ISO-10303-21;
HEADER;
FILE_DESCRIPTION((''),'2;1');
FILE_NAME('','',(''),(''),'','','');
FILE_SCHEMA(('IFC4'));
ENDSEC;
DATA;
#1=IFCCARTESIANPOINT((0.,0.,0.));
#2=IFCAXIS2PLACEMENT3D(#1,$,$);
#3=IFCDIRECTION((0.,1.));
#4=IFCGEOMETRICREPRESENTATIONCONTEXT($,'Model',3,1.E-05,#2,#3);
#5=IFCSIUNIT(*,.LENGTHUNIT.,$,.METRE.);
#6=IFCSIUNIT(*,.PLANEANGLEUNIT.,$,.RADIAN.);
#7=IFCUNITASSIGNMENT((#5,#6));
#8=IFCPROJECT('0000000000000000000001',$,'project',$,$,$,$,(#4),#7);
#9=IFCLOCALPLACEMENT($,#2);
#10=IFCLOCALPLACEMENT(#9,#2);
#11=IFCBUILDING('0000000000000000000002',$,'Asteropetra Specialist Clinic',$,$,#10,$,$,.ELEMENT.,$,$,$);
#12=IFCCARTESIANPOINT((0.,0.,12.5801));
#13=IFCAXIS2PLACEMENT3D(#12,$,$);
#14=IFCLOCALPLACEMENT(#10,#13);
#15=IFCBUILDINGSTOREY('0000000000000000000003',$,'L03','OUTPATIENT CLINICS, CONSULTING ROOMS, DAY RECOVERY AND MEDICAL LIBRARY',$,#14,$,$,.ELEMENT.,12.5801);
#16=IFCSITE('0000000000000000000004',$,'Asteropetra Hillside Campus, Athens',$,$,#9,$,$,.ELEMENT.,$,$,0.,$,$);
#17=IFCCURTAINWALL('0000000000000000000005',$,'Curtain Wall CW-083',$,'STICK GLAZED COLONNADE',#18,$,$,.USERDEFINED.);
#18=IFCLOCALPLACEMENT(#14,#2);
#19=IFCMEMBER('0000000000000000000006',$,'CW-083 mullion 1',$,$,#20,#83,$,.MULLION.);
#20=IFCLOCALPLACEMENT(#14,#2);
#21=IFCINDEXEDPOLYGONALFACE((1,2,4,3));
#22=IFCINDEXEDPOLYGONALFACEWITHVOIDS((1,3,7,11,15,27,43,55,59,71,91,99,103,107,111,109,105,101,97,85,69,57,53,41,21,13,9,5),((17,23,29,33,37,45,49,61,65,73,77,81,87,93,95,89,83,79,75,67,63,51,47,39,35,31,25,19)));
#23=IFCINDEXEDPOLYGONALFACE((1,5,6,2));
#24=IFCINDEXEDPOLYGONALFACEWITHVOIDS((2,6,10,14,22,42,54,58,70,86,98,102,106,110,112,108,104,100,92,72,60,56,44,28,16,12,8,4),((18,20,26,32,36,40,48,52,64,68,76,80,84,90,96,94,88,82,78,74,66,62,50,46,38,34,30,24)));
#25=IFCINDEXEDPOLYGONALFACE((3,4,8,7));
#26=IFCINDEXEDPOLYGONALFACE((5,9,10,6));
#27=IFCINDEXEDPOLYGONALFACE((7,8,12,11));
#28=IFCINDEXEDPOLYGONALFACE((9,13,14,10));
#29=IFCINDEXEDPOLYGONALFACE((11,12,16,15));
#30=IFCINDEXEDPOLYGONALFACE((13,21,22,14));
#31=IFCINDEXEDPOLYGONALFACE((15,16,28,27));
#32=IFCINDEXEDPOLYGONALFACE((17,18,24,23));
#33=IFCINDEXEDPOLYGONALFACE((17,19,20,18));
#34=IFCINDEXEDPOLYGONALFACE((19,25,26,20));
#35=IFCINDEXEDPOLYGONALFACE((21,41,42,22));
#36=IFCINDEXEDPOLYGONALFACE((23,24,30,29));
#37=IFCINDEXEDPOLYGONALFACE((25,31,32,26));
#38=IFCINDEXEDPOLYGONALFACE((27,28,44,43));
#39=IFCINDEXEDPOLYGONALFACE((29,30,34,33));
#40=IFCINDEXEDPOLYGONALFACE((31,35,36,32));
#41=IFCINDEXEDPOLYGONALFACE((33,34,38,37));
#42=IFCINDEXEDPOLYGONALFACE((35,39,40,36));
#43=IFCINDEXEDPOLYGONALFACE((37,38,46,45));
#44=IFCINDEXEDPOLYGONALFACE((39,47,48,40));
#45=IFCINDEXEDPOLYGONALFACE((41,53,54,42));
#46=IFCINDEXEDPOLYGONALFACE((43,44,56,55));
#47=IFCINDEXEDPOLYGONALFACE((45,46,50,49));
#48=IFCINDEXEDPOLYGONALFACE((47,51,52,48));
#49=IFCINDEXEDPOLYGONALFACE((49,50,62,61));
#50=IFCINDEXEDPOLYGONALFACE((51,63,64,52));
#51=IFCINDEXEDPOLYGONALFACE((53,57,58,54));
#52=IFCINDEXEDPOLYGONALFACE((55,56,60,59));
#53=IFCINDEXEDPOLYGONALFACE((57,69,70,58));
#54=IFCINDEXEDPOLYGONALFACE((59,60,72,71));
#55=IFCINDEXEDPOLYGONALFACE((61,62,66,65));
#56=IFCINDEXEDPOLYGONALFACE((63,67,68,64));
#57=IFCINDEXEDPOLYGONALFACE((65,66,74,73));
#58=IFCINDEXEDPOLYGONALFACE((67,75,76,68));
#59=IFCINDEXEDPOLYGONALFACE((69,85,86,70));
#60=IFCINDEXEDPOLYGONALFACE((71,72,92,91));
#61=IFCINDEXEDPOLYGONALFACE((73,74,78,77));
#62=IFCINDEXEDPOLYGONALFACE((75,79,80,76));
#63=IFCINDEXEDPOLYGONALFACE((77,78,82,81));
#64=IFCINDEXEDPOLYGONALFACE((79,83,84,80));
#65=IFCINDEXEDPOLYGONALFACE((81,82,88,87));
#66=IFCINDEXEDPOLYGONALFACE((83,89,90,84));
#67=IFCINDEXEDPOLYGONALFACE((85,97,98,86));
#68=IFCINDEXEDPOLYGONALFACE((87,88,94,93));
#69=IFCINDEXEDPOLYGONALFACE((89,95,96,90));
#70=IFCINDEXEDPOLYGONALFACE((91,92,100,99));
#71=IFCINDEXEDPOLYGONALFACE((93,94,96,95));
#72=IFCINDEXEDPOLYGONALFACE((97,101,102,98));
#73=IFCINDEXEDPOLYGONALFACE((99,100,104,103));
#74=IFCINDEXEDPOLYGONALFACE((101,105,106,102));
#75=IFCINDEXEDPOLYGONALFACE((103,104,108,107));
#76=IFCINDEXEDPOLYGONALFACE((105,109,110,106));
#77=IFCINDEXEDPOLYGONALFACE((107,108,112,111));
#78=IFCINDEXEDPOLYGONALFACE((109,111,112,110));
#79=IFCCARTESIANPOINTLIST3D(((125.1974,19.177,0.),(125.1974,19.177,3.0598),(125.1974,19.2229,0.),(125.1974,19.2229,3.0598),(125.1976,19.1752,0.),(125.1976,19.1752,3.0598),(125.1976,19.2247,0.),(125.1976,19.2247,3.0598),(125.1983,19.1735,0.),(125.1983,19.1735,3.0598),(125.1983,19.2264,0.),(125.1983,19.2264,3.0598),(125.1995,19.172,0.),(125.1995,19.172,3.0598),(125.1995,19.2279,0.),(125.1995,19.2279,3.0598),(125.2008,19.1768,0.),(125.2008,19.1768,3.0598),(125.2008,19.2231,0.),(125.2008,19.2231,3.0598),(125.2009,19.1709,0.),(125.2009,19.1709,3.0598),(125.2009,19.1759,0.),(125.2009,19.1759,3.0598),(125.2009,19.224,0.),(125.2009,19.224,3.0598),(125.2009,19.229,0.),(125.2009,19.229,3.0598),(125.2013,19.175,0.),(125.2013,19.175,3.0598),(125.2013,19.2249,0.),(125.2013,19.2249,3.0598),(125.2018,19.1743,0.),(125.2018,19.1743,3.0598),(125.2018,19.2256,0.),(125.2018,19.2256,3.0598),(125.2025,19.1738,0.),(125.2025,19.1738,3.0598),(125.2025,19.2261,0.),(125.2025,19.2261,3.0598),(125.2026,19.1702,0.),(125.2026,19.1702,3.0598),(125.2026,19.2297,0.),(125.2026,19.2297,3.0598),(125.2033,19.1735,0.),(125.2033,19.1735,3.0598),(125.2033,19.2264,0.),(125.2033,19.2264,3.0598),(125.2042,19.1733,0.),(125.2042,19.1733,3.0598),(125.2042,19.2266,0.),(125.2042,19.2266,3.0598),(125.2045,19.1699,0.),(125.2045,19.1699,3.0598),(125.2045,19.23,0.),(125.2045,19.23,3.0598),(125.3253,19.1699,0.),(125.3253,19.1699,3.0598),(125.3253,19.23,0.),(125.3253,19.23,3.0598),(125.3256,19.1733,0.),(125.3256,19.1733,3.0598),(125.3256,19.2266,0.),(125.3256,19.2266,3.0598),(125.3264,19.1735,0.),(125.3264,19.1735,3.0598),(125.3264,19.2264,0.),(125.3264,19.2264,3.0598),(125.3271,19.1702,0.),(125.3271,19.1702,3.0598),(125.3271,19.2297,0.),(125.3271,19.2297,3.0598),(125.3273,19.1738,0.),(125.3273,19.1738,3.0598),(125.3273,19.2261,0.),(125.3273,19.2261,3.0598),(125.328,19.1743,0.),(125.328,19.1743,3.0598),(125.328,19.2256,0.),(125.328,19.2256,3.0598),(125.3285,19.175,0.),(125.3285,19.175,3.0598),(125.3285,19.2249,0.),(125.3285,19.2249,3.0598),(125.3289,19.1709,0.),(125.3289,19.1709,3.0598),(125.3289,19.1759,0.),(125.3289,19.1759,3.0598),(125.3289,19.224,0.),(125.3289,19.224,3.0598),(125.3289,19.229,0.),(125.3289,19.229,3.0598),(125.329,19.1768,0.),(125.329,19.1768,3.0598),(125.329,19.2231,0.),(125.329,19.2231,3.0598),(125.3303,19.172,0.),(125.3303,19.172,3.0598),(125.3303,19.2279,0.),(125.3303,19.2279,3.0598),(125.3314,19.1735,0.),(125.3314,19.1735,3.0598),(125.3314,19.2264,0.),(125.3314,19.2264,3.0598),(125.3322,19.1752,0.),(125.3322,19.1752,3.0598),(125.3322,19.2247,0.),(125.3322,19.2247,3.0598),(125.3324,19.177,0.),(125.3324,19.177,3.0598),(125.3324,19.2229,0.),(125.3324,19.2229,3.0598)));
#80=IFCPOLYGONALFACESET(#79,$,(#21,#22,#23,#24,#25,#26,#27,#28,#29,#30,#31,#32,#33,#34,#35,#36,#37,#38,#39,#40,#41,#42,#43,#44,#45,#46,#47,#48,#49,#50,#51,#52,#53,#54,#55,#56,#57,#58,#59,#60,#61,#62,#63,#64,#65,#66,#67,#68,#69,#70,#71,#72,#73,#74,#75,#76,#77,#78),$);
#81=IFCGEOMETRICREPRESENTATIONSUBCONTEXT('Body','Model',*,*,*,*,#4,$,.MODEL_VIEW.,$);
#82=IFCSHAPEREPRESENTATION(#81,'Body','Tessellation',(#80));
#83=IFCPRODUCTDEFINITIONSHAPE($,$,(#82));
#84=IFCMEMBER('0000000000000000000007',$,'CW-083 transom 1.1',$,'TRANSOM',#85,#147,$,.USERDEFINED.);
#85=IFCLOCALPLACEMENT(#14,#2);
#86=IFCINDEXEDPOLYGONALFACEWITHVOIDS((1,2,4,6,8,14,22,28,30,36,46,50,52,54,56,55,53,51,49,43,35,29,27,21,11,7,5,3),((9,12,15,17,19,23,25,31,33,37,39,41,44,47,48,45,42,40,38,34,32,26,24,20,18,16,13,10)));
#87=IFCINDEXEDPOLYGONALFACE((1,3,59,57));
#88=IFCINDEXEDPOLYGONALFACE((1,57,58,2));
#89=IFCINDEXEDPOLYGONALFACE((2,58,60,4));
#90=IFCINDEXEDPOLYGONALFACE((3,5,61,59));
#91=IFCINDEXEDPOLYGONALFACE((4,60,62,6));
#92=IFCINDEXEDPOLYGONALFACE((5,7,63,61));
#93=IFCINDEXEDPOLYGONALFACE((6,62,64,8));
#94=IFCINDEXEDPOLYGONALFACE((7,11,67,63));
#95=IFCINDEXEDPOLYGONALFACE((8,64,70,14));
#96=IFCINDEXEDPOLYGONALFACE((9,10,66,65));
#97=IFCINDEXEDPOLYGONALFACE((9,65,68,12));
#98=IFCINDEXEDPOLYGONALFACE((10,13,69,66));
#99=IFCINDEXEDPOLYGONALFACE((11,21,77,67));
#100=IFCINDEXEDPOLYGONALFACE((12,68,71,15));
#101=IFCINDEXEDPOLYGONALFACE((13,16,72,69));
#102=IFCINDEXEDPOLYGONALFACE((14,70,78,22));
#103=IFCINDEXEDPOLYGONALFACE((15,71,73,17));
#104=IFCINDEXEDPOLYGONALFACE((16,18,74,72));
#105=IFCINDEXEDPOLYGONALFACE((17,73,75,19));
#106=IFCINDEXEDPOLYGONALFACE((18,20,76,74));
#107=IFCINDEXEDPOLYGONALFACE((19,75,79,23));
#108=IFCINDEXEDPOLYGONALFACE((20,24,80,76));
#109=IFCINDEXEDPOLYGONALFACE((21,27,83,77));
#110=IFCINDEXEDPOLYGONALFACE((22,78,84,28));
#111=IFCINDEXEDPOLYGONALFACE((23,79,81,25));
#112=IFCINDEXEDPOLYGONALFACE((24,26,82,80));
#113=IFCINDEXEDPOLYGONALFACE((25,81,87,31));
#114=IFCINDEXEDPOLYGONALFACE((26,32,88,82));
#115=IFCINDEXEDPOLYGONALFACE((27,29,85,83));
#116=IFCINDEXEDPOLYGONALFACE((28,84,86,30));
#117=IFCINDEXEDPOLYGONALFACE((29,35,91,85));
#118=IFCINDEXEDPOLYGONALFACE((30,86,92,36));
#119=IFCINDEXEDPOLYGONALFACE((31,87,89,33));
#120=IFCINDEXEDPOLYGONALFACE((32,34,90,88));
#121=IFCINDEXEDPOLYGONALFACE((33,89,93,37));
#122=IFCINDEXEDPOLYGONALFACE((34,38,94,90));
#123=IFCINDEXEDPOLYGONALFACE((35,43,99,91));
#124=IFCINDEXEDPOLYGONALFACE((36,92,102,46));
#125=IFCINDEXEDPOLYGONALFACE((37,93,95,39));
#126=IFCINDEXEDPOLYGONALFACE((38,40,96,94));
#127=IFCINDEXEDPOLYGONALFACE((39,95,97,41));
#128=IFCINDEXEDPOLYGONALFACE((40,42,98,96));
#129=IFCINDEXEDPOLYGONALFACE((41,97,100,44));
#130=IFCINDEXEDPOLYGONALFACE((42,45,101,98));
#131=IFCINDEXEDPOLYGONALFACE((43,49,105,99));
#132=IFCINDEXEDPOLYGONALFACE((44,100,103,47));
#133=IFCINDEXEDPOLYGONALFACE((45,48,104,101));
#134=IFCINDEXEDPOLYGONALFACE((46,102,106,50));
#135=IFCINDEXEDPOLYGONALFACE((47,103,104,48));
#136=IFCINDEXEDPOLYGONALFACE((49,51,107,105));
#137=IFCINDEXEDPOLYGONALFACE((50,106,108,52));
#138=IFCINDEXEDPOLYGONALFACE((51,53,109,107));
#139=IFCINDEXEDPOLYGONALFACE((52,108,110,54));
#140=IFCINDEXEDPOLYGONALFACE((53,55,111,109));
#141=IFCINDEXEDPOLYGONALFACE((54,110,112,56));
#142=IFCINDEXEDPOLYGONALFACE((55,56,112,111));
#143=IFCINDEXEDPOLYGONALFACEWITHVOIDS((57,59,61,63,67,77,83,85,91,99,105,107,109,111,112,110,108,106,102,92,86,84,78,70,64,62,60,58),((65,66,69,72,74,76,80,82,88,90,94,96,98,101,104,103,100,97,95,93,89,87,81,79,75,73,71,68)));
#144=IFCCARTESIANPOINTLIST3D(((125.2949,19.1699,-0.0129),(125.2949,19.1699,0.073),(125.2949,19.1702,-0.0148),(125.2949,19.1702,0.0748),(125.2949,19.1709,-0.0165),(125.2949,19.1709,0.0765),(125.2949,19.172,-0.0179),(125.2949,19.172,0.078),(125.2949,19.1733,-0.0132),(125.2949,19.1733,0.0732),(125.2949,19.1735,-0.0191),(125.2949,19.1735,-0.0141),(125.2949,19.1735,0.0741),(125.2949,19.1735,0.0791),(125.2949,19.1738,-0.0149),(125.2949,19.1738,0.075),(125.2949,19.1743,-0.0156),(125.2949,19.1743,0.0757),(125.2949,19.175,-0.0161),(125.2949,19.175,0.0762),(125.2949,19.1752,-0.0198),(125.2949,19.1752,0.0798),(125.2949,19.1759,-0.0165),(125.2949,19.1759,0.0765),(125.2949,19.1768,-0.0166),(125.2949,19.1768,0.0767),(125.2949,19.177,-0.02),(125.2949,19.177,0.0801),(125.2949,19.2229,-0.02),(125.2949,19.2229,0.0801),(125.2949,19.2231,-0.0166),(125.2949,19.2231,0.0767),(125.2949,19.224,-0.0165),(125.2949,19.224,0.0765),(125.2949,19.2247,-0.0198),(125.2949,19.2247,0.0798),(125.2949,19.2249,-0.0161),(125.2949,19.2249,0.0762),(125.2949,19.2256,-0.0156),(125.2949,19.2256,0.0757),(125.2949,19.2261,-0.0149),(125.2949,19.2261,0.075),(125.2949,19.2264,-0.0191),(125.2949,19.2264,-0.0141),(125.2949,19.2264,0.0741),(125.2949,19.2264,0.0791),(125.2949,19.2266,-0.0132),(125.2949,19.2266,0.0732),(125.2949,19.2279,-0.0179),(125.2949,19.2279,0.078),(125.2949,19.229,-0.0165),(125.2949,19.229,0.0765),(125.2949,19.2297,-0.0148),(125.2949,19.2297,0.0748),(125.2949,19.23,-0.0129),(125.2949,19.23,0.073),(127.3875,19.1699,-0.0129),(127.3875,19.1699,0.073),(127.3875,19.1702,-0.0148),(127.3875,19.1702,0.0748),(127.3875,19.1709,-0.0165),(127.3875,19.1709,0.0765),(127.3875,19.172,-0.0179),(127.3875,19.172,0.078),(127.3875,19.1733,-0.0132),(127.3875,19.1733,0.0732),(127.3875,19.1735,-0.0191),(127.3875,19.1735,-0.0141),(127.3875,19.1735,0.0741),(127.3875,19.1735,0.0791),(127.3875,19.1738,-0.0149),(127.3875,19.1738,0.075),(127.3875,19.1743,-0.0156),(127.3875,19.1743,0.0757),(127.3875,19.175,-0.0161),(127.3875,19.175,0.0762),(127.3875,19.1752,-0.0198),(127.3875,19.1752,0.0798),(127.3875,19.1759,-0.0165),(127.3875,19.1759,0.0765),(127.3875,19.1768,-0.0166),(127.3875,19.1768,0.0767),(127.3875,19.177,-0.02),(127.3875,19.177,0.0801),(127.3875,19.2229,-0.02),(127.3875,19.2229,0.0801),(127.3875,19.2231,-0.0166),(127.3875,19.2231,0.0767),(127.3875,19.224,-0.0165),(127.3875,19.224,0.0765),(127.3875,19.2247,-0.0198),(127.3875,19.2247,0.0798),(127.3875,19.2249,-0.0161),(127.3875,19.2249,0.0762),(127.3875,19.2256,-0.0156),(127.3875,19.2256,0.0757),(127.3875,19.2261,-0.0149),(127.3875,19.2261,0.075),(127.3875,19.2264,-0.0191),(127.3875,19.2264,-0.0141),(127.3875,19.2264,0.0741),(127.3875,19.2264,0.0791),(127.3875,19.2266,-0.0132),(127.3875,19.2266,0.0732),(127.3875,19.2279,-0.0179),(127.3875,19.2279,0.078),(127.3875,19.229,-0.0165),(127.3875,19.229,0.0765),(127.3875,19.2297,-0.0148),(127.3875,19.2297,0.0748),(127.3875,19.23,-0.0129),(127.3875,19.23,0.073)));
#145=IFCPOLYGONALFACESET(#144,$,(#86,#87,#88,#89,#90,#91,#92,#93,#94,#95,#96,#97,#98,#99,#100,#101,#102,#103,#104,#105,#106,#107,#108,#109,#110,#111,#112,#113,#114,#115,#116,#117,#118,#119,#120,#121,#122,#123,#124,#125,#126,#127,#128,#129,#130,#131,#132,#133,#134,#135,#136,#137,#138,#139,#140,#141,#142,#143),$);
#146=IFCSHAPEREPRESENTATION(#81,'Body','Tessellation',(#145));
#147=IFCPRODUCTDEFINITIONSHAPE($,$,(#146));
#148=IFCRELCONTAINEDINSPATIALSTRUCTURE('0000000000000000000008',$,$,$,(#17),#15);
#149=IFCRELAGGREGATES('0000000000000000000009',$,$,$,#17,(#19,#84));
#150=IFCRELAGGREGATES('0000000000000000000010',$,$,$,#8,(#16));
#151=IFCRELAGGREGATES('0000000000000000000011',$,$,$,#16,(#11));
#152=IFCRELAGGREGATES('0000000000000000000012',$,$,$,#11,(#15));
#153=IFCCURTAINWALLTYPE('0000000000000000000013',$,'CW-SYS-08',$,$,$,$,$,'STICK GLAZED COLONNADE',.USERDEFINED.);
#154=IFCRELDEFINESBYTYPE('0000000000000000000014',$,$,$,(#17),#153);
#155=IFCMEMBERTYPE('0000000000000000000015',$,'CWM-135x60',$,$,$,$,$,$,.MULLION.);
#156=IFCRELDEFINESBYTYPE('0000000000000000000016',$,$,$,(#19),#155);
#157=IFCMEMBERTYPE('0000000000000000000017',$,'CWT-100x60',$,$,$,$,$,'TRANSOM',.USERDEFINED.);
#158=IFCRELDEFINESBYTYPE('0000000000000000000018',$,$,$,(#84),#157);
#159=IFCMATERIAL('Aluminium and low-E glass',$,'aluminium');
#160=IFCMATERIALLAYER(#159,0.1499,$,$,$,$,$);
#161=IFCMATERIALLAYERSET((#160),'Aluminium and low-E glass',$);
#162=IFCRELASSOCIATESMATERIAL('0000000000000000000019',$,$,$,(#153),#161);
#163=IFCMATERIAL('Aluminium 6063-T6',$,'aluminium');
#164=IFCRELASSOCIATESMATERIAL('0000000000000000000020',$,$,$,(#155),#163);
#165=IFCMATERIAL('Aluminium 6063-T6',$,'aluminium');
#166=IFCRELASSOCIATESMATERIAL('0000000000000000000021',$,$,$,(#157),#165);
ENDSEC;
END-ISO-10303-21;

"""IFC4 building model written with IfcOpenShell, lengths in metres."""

from ifc_helpers import new_model, si_unit, direction, frame, origin, origin_2d, place, context, subcontext, project, spatial, hollow_rectangle, extrude, material, layer, layer_set, material_profile, profile_set, type_object, element, aggregate, save


model = new_model("IFC4")

# Units and contexts
model_context = context("Model", 3, precision=1e-05, world=origin(), true_north=direction((0.0, 1.0)))
body_context = subcontext(model_context, "Body", "Model", "MODEL_VIEW")
ifc_project = project(units=[si_unit("LENGTHUNIT", "METRE"), si_unit("PLANEANGLEUNIT", "RADIAN")], contexts=[model_context])

# Site, building, storey
site_placement = place(None, origin())
site = spatial("IfcSite", under=ifc_project, at=site_placement, Name="Asteropetra Hillside Campus, Athens", CompositionType="ELEMENT", RefElevation=0.0)
building_placement = place(site_placement, origin())
building = spatial("IfcBuilding", under=site, at=building_placement, Name="Asteropetra Specialist Clinic", CompositionType="ELEMENT")
storey_placement = place(building_placement, frame((0.0, 0.0, 12.5801)))
storey = spatial("IfcBuildingStorey", under=building, at=storey_placement, Name="L03", Description="OUTPATIENT CLINICS, CONSULTING ROOMS, DAY RECOVERY AND MEDICAL LIBRARY", CompositionType="ELEMENT", Elevation=12.5801)

# Curtain wall, members
ifc_material_1 = material(Name="Aluminium and low-E glass", Category="aluminium")
ifc_layer_1 = layer(ifc_material_1, 0.1499)
ifc_layer_set_1 = layer_set([ifc_layer_1], Name="Aluminium and low-E glass")
curtain_wall_type = type_object("IfcCurtainWallType", Name="CW-SYS-08", ElementType="STICK GLAZED COLONNADE", PredefinedType="USERDEFINED", material=ifc_layer_set_1)
curtain_wall_placement = place(storey_placement, origin())
curtain_wall = element("IfcCurtainWall", 1, at=curtain_wall_placement, inside=storey, type_object=curtain_wall_type, Name="Curtain Wall CW-083", ObjectType="STICK GLAZED COLONNADE", PredefinedType="USERDEFINED")
ifc_material_2 = material(Name="Aluminium 6063-T6", Category="aluminium")
ifc_material_profile_1 = material_profile(ifc_material_2, hollow_rectangle(XDim=0.0601, YDim=0.135, WallThickness=0.0034, InnerFilletRadius=0.0034, OuterFilletRadius=0.0071, at=origin_2d()), Name="MUL 135x60x3.5")
ifc_profile_set_1 = profile_set([ifc_material_profile_1], Name="Aluminium 6063-T6")
member_type_1 = type_object("IfcMemberType", Name="CWM-135x60", PredefinedType="MULLION", material=ifc_profile_set_1)
member_1_placement = place(storey_placement, frame((125.2649, 19.2, 0.0), z_axis=(0.0, 0.0, 1.0), x_axis=(0.0, 1.0, 0.0)))
member_1 = element("IfcMember", 2, at=member_1_placement, type_object=member_type_1, Name="CW-083 mullion 1", PredefinedType="MULLION", context=body_context, shape_type="SweptSolid", body=[
    extrude(hollow_rectangle(XDim=0.0601, YDim=0.135, WallThickness=0.0034, InnerFilletRadius=0.0034, OuterFilletRadius=0.0071, at=origin_2d()), origin(), (0.0, 0.0, 1.0), 3.0598),
])
ifc_material_3 = material(Name="Aluminium 6063-T6", Category="aluminium")
ifc_material_profile_2 = material_profile(ifc_material_3, hollow_rectangle(XDim=0.0601, YDim=0.1001, WallThickness=0.0034, InnerFilletRadius=0.0034, OuterFilletRadius=0.0071, at=origin_2d()), Name="TRN 100x60x3.5")
ifc_profile_set_2 = profile_set([ifc_material_profile_2], Name="Aluminium 6063-T6")
member_type_2 = type_object("IfcMemberType", Name="CWT-100x60", ElementType="TRANSOM", PredefinedType="USERDEFINED", material=ifc_profile_set_2)
member_2_placement = place(storey_placement, frame((125.2949, 19.2, 0.03), z_axis=(1.0, 0.0, 0.0), x_axis=(0.0, 1.0, 0.0)))
member_2 = element("IfcMember", 3, at=member_2_placement, type_object=member_type_2, Name="CW-083 transom 1.1", ObjectType="TRANSOM", PredefinedType="USERDEFINED", context=body_context, shape_type="SweptSolid", body=[
    extrude(hollow_rectangle(XDim=0.0601, YDim=0.1001, WallThickness=0.0034, InnerFilletRadius=0.0034, OuterFilletRadius=0.0071, at=origin_2d()), origin(), (0.0, 0.0, 1.0), 2.0925),
])

aggregate(curtain_wall, [member_1, member_2])

save(model, "model.ifc")
